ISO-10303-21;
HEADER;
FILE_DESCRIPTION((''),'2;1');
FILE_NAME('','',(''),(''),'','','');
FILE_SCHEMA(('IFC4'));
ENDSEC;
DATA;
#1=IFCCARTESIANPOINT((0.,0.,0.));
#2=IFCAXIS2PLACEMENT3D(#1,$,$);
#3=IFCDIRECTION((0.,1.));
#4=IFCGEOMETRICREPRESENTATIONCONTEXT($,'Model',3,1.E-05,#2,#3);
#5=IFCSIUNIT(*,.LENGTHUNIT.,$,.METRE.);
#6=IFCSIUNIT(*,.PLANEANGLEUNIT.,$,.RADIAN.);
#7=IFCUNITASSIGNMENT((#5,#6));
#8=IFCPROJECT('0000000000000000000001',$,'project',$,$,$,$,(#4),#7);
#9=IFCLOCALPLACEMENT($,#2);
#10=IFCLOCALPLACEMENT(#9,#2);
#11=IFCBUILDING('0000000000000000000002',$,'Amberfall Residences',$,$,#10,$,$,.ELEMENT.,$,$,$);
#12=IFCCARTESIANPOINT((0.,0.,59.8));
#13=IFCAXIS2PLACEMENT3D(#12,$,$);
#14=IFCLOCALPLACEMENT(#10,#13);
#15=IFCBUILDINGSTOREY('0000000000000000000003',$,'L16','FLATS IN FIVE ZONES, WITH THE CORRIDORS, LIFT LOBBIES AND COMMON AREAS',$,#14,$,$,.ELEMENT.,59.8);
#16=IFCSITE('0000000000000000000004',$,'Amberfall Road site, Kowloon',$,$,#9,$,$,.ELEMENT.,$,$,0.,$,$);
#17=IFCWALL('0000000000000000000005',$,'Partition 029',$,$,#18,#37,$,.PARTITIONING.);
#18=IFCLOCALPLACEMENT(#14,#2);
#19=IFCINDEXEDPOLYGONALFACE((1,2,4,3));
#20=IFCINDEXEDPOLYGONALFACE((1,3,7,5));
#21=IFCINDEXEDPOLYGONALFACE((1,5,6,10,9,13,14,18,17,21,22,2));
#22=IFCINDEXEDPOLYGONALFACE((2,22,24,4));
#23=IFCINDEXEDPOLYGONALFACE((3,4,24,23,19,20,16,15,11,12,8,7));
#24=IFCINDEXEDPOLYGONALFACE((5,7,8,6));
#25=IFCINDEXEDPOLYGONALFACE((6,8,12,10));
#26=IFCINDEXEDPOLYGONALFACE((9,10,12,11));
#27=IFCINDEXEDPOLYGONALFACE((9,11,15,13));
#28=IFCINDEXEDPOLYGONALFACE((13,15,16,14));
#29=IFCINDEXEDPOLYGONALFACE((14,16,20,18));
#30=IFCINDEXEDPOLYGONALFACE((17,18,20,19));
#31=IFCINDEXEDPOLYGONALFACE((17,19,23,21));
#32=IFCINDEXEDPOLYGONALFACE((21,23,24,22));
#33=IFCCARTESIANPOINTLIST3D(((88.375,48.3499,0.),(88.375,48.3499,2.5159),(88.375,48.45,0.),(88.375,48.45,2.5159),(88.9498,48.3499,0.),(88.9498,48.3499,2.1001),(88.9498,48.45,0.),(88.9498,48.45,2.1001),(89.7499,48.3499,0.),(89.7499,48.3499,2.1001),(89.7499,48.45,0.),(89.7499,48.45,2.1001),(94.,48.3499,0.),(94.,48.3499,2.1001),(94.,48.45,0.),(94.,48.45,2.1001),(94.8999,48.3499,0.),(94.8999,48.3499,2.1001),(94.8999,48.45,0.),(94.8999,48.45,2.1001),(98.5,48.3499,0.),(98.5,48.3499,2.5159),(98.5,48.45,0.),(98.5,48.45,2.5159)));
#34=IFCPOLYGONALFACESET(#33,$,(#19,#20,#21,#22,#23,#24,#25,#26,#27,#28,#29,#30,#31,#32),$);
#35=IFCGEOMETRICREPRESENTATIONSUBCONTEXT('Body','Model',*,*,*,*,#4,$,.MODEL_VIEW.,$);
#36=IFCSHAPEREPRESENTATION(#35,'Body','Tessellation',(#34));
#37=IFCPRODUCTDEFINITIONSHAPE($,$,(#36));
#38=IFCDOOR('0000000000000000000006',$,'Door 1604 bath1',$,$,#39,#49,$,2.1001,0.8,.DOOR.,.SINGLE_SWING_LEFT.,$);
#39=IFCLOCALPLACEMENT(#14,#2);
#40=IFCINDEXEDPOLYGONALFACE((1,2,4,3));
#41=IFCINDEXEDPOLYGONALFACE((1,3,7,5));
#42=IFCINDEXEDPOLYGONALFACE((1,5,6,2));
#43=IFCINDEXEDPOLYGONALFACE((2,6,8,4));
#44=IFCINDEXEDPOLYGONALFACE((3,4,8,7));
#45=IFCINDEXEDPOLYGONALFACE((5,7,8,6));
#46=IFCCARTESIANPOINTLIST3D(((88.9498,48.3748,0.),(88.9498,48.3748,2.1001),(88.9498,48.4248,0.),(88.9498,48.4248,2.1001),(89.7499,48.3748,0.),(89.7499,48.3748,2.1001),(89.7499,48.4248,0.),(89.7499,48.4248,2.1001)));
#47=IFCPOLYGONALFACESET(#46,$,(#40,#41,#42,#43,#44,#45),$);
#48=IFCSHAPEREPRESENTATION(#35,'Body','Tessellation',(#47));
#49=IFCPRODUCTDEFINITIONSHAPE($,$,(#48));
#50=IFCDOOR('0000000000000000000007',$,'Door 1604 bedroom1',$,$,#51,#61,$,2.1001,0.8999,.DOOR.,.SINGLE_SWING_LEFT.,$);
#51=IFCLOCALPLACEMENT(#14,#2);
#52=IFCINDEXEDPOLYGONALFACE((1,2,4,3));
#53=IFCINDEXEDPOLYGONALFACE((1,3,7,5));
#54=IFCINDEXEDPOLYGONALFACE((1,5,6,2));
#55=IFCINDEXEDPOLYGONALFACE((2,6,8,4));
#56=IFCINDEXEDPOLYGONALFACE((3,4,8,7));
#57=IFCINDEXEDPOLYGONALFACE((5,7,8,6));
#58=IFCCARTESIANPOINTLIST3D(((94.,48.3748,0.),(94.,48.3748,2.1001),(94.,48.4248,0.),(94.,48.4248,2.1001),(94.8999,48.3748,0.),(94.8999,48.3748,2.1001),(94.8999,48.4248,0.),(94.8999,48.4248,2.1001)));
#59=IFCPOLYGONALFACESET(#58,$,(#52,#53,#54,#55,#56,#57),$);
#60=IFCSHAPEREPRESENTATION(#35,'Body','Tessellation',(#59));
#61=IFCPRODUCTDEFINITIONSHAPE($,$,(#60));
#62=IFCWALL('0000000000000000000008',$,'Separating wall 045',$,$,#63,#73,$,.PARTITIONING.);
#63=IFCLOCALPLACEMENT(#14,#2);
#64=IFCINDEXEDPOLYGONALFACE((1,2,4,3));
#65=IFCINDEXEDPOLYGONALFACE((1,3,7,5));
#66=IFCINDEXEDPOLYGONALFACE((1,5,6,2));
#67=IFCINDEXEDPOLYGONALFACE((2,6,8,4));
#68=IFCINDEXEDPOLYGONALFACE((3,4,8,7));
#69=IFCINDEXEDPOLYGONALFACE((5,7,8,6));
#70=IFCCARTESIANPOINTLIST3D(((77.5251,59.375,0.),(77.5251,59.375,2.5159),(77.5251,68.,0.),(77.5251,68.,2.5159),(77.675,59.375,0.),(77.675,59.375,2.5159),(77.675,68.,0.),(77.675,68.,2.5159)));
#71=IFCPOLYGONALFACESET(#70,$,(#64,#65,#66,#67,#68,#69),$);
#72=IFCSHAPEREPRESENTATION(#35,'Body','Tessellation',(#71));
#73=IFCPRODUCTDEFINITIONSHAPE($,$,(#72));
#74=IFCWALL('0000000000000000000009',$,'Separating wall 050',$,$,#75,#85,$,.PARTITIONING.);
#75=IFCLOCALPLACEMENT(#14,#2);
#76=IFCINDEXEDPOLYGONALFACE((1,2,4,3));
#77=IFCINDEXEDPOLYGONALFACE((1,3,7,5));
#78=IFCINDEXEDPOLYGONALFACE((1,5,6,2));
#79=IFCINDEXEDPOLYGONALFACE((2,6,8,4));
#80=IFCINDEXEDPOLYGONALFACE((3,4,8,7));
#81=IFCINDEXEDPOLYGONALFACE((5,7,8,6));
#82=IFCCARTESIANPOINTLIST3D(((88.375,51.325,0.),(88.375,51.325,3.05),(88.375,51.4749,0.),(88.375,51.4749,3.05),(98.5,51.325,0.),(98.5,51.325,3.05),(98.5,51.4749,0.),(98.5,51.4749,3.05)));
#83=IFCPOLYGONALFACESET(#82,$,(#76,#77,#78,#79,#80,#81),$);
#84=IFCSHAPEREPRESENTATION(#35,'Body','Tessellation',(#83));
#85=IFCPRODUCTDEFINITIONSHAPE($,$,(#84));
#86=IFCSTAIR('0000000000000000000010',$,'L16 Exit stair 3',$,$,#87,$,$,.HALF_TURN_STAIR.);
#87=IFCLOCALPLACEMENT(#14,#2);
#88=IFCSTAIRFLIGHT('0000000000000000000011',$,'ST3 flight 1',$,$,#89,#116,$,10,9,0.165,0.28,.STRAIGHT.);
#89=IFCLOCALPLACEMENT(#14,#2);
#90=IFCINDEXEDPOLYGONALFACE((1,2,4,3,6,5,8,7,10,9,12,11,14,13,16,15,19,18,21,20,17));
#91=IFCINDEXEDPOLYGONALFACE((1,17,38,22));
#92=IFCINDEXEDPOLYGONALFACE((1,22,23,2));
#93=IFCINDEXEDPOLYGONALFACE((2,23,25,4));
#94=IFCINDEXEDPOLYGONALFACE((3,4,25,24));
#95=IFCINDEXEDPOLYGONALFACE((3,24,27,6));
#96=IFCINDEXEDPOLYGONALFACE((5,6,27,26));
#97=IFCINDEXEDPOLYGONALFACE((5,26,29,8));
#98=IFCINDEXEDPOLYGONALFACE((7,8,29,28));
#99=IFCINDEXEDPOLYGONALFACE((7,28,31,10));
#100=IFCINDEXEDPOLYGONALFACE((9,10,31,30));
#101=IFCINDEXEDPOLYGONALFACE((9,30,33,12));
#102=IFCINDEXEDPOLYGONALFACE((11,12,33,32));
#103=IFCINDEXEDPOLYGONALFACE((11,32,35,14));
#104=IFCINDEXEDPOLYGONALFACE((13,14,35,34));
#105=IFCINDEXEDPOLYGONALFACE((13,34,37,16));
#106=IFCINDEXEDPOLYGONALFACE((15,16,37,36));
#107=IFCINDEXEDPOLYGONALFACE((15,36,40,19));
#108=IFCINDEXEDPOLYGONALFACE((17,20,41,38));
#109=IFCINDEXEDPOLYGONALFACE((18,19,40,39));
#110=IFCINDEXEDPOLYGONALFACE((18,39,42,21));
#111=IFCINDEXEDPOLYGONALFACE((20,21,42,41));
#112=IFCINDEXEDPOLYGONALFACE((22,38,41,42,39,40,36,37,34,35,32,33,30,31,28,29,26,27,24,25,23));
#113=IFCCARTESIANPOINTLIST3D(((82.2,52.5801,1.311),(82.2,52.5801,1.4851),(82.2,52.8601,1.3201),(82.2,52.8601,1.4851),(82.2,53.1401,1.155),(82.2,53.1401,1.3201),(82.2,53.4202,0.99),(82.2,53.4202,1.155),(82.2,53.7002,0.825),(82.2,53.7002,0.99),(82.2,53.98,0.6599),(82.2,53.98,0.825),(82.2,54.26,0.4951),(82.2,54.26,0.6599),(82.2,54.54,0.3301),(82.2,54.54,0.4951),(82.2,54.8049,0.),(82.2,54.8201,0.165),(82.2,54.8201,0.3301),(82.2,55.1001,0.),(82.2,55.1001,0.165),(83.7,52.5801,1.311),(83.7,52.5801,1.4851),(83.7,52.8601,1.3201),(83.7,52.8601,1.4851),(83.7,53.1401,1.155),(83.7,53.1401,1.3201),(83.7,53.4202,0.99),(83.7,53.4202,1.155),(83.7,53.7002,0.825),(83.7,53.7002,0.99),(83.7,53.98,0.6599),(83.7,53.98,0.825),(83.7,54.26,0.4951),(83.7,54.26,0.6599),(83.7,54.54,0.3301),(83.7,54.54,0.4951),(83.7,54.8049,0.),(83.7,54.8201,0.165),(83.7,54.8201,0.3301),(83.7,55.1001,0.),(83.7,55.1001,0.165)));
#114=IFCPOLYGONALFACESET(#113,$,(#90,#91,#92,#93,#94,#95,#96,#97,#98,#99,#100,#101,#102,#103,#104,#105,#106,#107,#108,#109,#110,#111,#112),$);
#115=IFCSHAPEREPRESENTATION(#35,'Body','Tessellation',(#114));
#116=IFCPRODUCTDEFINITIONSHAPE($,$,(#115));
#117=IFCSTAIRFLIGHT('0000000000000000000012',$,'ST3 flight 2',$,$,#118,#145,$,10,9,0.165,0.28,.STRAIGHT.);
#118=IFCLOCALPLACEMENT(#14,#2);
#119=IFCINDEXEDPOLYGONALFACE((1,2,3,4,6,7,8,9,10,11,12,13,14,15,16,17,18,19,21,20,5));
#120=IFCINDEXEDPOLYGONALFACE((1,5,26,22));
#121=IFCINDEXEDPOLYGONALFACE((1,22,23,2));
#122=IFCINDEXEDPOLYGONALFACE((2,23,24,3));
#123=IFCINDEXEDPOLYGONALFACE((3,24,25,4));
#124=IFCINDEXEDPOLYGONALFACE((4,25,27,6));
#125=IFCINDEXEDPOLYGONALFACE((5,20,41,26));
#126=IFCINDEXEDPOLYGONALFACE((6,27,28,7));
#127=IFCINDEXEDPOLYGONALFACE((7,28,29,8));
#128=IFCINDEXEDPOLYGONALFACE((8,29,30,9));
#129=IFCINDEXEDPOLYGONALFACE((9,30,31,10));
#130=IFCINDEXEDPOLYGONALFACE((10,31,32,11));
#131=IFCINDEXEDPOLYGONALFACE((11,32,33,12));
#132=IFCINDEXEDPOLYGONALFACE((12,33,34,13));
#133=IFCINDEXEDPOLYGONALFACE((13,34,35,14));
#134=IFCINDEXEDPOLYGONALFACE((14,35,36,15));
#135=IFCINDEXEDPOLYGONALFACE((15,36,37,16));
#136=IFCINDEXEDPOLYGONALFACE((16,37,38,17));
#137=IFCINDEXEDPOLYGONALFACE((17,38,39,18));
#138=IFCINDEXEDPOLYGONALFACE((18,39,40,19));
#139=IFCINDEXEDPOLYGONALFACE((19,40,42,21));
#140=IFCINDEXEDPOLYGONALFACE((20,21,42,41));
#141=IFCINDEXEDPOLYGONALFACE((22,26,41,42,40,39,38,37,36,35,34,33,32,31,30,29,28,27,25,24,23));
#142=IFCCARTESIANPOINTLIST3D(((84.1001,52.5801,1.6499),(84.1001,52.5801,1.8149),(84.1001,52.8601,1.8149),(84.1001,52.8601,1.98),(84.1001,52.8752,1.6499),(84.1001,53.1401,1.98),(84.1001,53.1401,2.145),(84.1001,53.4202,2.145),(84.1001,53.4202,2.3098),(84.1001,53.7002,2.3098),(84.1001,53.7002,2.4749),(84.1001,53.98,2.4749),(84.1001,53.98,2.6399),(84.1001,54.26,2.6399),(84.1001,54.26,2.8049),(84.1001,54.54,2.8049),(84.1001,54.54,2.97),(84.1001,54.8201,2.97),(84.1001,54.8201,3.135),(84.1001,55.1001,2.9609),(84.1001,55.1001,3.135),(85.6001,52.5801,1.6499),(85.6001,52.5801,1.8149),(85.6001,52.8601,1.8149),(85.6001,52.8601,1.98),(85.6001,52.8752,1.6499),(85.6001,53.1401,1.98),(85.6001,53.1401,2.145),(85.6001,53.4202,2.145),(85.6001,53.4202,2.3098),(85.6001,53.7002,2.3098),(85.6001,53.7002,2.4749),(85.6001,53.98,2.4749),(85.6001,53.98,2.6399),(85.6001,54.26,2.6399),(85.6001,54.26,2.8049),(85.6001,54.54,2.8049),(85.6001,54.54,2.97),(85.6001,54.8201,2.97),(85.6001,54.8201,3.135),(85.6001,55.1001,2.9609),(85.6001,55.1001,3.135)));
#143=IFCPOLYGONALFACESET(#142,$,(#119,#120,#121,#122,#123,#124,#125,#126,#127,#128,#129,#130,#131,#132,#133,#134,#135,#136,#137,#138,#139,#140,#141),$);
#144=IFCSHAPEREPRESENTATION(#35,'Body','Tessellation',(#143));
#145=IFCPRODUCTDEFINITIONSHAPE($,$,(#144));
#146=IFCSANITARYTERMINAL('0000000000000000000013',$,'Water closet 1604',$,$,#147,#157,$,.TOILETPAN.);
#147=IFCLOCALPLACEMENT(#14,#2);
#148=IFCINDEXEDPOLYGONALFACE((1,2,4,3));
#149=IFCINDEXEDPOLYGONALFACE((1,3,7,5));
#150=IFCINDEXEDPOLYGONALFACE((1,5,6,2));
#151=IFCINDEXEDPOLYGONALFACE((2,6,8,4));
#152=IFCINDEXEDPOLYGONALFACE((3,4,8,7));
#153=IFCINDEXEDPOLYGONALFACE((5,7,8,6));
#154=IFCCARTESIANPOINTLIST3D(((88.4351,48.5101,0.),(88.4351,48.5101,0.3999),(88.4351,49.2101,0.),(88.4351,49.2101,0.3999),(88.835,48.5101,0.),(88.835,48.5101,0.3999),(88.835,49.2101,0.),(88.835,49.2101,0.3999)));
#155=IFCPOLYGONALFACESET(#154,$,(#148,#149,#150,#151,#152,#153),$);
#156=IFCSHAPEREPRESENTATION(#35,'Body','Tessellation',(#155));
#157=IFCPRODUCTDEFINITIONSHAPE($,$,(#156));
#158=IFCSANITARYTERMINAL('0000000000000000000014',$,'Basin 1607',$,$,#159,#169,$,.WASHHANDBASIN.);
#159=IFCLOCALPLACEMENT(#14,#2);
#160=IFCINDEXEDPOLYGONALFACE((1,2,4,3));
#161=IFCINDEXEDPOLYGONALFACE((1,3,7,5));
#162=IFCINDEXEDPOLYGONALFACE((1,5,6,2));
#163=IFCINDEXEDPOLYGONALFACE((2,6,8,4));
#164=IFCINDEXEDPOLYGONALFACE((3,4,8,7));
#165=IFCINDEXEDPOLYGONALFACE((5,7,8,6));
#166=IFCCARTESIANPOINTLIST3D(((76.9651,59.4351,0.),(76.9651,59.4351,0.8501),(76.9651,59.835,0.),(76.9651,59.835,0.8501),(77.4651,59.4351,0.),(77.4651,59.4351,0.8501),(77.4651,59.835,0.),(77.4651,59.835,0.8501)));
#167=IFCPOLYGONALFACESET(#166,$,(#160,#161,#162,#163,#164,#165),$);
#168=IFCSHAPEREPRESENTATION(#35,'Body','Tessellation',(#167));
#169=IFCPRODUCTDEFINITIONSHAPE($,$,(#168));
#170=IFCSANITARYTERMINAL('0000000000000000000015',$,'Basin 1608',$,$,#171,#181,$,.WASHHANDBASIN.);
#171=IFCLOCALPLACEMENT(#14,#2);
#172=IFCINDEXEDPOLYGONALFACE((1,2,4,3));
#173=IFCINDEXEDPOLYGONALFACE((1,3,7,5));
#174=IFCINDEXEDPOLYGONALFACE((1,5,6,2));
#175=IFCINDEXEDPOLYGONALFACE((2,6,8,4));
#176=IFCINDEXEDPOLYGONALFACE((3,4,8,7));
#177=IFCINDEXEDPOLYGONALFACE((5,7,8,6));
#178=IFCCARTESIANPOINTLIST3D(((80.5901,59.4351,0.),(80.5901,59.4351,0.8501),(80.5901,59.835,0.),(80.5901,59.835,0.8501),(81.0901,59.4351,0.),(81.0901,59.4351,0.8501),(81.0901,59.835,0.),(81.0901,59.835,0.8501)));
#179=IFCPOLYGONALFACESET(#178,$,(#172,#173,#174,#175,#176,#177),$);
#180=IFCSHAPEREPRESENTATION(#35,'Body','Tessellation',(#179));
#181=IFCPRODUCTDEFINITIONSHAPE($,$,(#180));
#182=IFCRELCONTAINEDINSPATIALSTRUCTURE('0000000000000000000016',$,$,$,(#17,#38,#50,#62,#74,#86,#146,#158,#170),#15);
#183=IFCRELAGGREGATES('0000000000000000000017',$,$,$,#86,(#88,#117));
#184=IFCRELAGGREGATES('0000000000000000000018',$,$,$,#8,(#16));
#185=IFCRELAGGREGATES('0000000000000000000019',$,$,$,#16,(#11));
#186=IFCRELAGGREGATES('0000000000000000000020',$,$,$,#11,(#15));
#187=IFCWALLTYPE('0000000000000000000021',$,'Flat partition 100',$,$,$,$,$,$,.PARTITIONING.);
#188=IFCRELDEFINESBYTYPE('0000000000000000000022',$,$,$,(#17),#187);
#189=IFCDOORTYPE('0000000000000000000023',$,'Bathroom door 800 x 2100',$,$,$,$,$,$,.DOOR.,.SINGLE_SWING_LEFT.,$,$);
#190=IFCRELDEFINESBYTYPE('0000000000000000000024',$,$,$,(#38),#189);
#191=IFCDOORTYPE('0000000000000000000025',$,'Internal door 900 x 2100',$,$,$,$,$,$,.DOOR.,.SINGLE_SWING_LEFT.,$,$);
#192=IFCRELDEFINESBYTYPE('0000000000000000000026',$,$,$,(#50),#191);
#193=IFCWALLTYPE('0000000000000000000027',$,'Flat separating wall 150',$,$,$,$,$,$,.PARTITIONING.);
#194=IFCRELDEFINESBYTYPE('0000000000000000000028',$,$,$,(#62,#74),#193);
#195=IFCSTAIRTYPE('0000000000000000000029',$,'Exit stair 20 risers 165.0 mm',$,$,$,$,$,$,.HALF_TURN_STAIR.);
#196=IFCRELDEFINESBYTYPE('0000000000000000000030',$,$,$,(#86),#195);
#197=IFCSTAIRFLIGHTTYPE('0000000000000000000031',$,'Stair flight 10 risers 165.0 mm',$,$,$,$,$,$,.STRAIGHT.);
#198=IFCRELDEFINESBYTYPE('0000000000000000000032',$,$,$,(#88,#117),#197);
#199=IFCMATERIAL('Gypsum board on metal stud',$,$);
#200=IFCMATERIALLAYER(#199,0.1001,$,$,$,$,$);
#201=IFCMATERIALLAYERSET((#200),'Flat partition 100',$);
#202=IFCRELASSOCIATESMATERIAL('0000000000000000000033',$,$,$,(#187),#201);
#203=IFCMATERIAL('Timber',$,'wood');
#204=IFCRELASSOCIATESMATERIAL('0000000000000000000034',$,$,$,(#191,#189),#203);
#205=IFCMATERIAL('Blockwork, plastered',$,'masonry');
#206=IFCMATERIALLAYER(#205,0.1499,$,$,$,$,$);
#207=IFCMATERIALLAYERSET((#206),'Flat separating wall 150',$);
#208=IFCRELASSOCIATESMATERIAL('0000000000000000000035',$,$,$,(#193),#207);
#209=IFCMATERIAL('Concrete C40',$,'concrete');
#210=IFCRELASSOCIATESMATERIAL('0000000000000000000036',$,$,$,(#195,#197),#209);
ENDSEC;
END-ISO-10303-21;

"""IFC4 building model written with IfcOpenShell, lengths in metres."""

from ifc_helpers import new_model, si_unit, direction, frame, frame_2d, origin, origin_2d, place, context, subcontext, project, spatial, polyline, rectangle, outline, extrude, material, layer, layer_set, type_object, element, fill, aggregate, save


model = new_model("IFC4")

# Units and contexts
model_context = context("Model", 3, precision=1e-05, world=origin(), true_north=direction((0.0, 1.0)))
body_context = subcontext(model_context, "Body", "Model", "MODEL_VIEW")
ifc_project = project(units=[si_unit("LENGTHUNIT", "METRE"), si_unit("PLANEANGLEUNIT", "RADIAN")], contexts=[model_context])

# Site, building, storey
site_placement = place(None, origin())
site = spatial("IfcSite", under=ifc_project, at=site_placement, Name="Amberfall Road site, Kowloon", CompositionType="ELEMENT", RefElevation=0.0)
building_placement = place(site_placement, origin())
building = spatial("IfcBuilding", under=site, at=building_placement, Name="Amberfall Residences", CompositionType="ELEMENT")
storey_placement = place(building_placement, frame((0.0, 0.0, 59.8)))
storey = spatial("IfcBuildingStorey", under=building, at=storey_placement, Name="L16", Description="FLATS IN FIVE ZONES, WITH THE CORRIDORS, LIFT LOBBIES AND COMMON AREAS", CompositionType="ELEMENT", Elevation=59.8)

# Shared definitions
ifc_material_1 = material(Name="Gypsum board on metal stud")
ifc_layer_1 = layer(ifc_material_1, 0.1001)
ifc_layer_set_1 = layer_set([ifc_layer_1], Name="Flat partition 100")
wall_type_1 = type_object("IfcWallType", Name="Flat partition 100", PredefinedType="PARTITIONING", material=ifc_layer_set_1)
ifc_material_2 = material(Name="Timber", Category="wood")
door_type_1 = type_object("IfcDoorType", Name="Internal door 900 x 2100", OperationType="SINGLE_SWING_LEFT", PredefinedType="DOOR", material=ifc_material_2)

# Wall, openings, doors
wall_1_placement = place(storey_placement, frame((88.375, 48.3999, 0.0), z_axis=(0.0, 0.0, 1.0), x_axis=(1.0, 0.0, 0.0)))
wall_1 = element("IfcWall", 1, at=wall_1_placement, inside=storey, type_object=wall_type_1, Name="Partition 029", PredefinedType="PARTITIONING", context=body_context, shape_type="SweptSolid", body=[
    extrude(rectangle(XDim=10.125, YDim=0.1001, at=frame_2d((5.0625, 0.0))), origin(), (0.0, 0.0, 1.0), 2.5159),
])
opening_1_placement = place(wall_1_placement, frame((5.625, 0.0, 0.0)))
opening_1 = element("IfcOpeningElement", 2, at=opening_1_placement, cuts=wall_1, PredefinedType="OPENING", context=body_context, shape_type="SweptSolid", body=[
    extrude(rectangle(XDim=0.8999, YDim=2.1001, at=frame_2d((0.45, 1.05))), frame((0.0, 0.0601, 0.0), z_axis=(0.0, -1.0, 0.0), x_axis=(1.0, 0.0, 0.0)), (0.0, 0.0, 1.0), 0.1201),
])
opening_2_placement = place(wall_1_placement, frame((0.575, 0.0, 0.0)))
opening_2 = element("IfcOpeningElement", 3, at=opening_2_placement, cuts=wall_1, PredefinedType="OPENING", context=body_context, shape_type="SweptSolid", body=[
    extrude(rectangle(XDim=0.8, YDim=2.1001, at=frame_2d((0.3999, 1.05))), frame((0.0, 0.0601, 0.0), z_axis=(0.0, -1.0, 0.0), x_axis=(1.0, 0.0, 0.0)), (0.0, 0.0, 1.0), 0.1201),
])
door_type_2 = type_object("IfcDoorType", Name="Bathroom door 800 x 2100", OperationType="SINGLE_SWING_LEFT", PredefinedType="DOOR", material=ifc_material_2)
door_1_placement = place(opening_2_placement, origin())
door_1 = element("IfcDoor", 4, at=door_1_placement, inside=storey, type_object=door_type_2, Name="Door 1604 bath1", OperationType="SINGLE_SWING_LEFT", OverallHeight=2.1001, OverallWidth=0.8, PredefinedType="DOOR", context=body_context, shape_type="SweptSolid", body=[
    extrude(rectangle(XDim=0.8, YDim=2.1001, at=frame_2d((0.3999, 1.05))), frame((0.0, 0.0249, 0.0), z_axis=(0.0, -1.0, 0.0), x_axis=(1.0, 0.0, 0.0)), (0.0, 0.0, 1.0), 0.05),
])
fill(opening_2, door_1)
door_2_placement = place(opening_1_placement, origin())
door_2 = element("IfcDoor", 5, at=door_2_placement, inside=storey, type_object=door_type_1, Name="Door 1604 bedroom1", OperationType="SINGLE_SWING_LEFT", OverallHeight=2.1001, OverallWidth=0.8999, PredefinedType="DOOR", context=body_context, shape_type="SweptSolid", body=[
    extrude(rectangle(XDim=0.8999, YDim=2.1001, at=frame_2d((0.45, 1.05))), frame((0.0, 0.0249, 0.0), z_axis=(0.0, -1.0, 0.0), x_axis=(1.0, 0.0, 0.0)), (0.0, 0.0, 1.0), 0.05),
])
fill(opening_1, door_2)

# Walls
ifc_material_3 = material(Name="Blockwork, plastered", Category="masonry")
ifc_layer_2 = layer(ifc_material_3, 0.1499)
ifc_layer_set_2 = layer_set([ifc_layer_2], Name="Flat separating wall 150")
wall_type_2 = type_object("IfcWallType", Name="Flat separating wall 150", PredefinedType="PARTITIONING", material=ifc_layer_set_2)
wall_2_placement = place(storey_placement, frame((77.6001, 59.375, 0.0), z_axis=(0.0, 0.0, 1.0), x_axis=(0.0, 1.0, 0.0)))
element("IfcWall", 6, at=wall_2_placement, inside=storey, type_object=wall_type_2, Name="Separating wall 045", PredefinedType="PARTITIONING", context=body_context, shape_type="SweptSolid", body=[
    extrude(rectangle(XDim=8.625, YDim=0.1499, at=frame_2d((4.3125, 0.0))), origin(), (0.0, 0.0, 1.0), 2.5159),
])
wall_3_placement = place(storey_placement, frame((88.375, 51.3999, 0.0), z_axis=(0.0, 0.0, 1.0), x_axis=(1.0, 0.0, 0.0)))
element("IfcWall", 7, at=wall_3_placement, inside=storey, type_object=wall_type_2, Name="Separating wall 050", PredefinedType="PARTITIONING", context=body_context, shape_type="SweptSolid", body=[
    extrude(rectangle(XDim=10.125, YDim=0.1499, at=frame_2d((5.0625, 0.0))), origin(), (0.0, 0.0, 1.0), 3.05),
])

# Stair, stair flights
ifc_material_4 = material(Name="Concrete C40", Category="concrete")
stair_type = type_object("IfcStairType", Name="Exit stair 20 risers 165.0 mm", PredefinedType="HALF_TURN_STAIR", material=ifc_material_4)
stair_placement = place(storey_placement, origin())
stair = element("IfcStair", 8, at=stair_placement, inside=storey, type_object=stair_type, Name="L16 Exit stair 3", PredefinedType="HALF_TURN_STAIR")
stair_flight_type = type_object("IfcStairFlightType", Name="Stair flight 10 risers 165.0 mm", PredefinedType="STRAIGHT", material=ifc_material_4)
stair_flight_1_placement = place(storey_placement, frame((82.95, 55.1001, 0.0), z_axis=(0.0, 0.0, 1.0), x_axis=(0.0, -1.0, 0.0)))
stair_flight_1 = element("IfcStairFlight", 9, at=stair_flight_1_placement, type_object=stair_flight_type, Name="ST3 flight 1", NumberOfRisers=10, NumberOfTreads=9, PredefinedType="STRAIGHT", RiserHeight=0.165, TreadLength=0.28, context=body_context, shape_type="SweptSolid", body=[
    extrude(outline(polyline([(0.0, 0.0), (0.0, 0.165), (0.28, 0.165), (0.28, 0.3301), (0.5601, 0.3301), (0.5601, 0.4951), (0.8401, 0.4951), (0.8401, 0.6599), (1.1201, 0.6599), (1.1201, 0.825), (1.3999, 0.825), (1.3999, 0.99), (1.6799, 0.99), (1.6799, 1.155), (1.96, 1.155), (1.96, 1.3201), (2.24, 1.3201), (2.24, 1.4851), (2.52, 1.4851), (2.52, 1.6499), (2.52, 1.311), (0.2952, 0.0), (0.0, 0.0)])), frame((0.0, 0.75, 0.0), z_axis=(0.0, -1.0, 0.0), x_axis=(1.0, 0.0, 0.0)), (0.0, 0.0, 1.0), 1.5),
])
stair_flight_2_placement = place(storey_placement, frame((84.8501, 52.5801, 1.6499), z_axis=(0.0, 0.0, 1.0), x_axis=(0.0, 1.0, 0.0)))
stair_flight_2 = element("IfcStairFlight", 10, at=stair_flight_2_placement, type_object=stair_flight_type, Name="ST3 flight 2", NumberOfRisers=10, NumberOfTreads=9, PredefinedType="STRAIGHT", RiserHeight=0.165, TreadLength=0.28, context=body_context, shape_type="SweptSolid", body=[
    extrude(outline(polyline([(0.0, 0.0), (0.0, 0.165), (0.28, 0.165), (0.28, 0.3301), (0.5601, 0.3301), (0.5601, 0.4951), (0.8401, 0.4951), (0.8401, 0.6599), (1.1201, 0.6599), (1.1201, 0.825), (1.3999, 0.825), (1.3999, 0.99), (1.6799, 0.99), (1.6799, 1.155), (1.96, 1.155), (1.96, 1.3201), (2.24, 1.3201), (2.24, 1.4851), (2.52, 1.4851), (2.52, 1.6499), (2.52, 1.311), (0.2952, 0.0), (0.0, 0.0)])), frame((0.0, 0.75, 0.0), z_axis=(0.0, -1.0, 0.0), x_axis=(1.0, 0.0, 0.0)), (0.0, 0.0, 1.0), 1.5),
])
aggregate(stair, [stair_flight_1, stair_flight_2])

# Sanitary terminals
sanitary_terminal_placement = place(storey_placement, frame((88.635, 48.8601, 0.0), z_axis=(0.0, 0.0, 1.0), x_axis=(1.0, 0.0, 0.0)))
element("IfcSanitaryTerminal", 11, at=sanitary_terminal_placement, inside=storey, Name="Water closet 1604", PredefinedType="TOILETPAN", context=body_context, shape_type="SweptSolid", body=[
    extrude(rectangle(XDim=0.3999, YDim=0.7, at=origin_2d()), origin(), (0.0, 0.0, 1.0), 0.3999),
])
for number, where, z_axis, x_axis, name in (
    (12, (77.2151, 59.635, 0.0), (0.0, 0.0, 1.0), (1.0, 0.0, 0.0), "Basin 1607"),
    (13, (80.8401, 59.635, 0.0), (0.0, 0.0, 1.0), (1.0, 0.0, 0.0), "Basin 1608"),
):
    element("IfcSanitaryTerminal", number, at=place(storey_placement, frame(where, z_axis=z_axis, x_axis=x_axis)), inside=storey, Name=name, PredefinedType="WASHHANDBASIN", context=body_context, shape_type="SweptSolid", body=[
        extrude(rectangle(XDim=0.5, YDim=0.3999, at=origin_2d()), origin(), (0.0, 0.0, 1.0), 0.8501),
    ])

save(model, "model.ifc")
